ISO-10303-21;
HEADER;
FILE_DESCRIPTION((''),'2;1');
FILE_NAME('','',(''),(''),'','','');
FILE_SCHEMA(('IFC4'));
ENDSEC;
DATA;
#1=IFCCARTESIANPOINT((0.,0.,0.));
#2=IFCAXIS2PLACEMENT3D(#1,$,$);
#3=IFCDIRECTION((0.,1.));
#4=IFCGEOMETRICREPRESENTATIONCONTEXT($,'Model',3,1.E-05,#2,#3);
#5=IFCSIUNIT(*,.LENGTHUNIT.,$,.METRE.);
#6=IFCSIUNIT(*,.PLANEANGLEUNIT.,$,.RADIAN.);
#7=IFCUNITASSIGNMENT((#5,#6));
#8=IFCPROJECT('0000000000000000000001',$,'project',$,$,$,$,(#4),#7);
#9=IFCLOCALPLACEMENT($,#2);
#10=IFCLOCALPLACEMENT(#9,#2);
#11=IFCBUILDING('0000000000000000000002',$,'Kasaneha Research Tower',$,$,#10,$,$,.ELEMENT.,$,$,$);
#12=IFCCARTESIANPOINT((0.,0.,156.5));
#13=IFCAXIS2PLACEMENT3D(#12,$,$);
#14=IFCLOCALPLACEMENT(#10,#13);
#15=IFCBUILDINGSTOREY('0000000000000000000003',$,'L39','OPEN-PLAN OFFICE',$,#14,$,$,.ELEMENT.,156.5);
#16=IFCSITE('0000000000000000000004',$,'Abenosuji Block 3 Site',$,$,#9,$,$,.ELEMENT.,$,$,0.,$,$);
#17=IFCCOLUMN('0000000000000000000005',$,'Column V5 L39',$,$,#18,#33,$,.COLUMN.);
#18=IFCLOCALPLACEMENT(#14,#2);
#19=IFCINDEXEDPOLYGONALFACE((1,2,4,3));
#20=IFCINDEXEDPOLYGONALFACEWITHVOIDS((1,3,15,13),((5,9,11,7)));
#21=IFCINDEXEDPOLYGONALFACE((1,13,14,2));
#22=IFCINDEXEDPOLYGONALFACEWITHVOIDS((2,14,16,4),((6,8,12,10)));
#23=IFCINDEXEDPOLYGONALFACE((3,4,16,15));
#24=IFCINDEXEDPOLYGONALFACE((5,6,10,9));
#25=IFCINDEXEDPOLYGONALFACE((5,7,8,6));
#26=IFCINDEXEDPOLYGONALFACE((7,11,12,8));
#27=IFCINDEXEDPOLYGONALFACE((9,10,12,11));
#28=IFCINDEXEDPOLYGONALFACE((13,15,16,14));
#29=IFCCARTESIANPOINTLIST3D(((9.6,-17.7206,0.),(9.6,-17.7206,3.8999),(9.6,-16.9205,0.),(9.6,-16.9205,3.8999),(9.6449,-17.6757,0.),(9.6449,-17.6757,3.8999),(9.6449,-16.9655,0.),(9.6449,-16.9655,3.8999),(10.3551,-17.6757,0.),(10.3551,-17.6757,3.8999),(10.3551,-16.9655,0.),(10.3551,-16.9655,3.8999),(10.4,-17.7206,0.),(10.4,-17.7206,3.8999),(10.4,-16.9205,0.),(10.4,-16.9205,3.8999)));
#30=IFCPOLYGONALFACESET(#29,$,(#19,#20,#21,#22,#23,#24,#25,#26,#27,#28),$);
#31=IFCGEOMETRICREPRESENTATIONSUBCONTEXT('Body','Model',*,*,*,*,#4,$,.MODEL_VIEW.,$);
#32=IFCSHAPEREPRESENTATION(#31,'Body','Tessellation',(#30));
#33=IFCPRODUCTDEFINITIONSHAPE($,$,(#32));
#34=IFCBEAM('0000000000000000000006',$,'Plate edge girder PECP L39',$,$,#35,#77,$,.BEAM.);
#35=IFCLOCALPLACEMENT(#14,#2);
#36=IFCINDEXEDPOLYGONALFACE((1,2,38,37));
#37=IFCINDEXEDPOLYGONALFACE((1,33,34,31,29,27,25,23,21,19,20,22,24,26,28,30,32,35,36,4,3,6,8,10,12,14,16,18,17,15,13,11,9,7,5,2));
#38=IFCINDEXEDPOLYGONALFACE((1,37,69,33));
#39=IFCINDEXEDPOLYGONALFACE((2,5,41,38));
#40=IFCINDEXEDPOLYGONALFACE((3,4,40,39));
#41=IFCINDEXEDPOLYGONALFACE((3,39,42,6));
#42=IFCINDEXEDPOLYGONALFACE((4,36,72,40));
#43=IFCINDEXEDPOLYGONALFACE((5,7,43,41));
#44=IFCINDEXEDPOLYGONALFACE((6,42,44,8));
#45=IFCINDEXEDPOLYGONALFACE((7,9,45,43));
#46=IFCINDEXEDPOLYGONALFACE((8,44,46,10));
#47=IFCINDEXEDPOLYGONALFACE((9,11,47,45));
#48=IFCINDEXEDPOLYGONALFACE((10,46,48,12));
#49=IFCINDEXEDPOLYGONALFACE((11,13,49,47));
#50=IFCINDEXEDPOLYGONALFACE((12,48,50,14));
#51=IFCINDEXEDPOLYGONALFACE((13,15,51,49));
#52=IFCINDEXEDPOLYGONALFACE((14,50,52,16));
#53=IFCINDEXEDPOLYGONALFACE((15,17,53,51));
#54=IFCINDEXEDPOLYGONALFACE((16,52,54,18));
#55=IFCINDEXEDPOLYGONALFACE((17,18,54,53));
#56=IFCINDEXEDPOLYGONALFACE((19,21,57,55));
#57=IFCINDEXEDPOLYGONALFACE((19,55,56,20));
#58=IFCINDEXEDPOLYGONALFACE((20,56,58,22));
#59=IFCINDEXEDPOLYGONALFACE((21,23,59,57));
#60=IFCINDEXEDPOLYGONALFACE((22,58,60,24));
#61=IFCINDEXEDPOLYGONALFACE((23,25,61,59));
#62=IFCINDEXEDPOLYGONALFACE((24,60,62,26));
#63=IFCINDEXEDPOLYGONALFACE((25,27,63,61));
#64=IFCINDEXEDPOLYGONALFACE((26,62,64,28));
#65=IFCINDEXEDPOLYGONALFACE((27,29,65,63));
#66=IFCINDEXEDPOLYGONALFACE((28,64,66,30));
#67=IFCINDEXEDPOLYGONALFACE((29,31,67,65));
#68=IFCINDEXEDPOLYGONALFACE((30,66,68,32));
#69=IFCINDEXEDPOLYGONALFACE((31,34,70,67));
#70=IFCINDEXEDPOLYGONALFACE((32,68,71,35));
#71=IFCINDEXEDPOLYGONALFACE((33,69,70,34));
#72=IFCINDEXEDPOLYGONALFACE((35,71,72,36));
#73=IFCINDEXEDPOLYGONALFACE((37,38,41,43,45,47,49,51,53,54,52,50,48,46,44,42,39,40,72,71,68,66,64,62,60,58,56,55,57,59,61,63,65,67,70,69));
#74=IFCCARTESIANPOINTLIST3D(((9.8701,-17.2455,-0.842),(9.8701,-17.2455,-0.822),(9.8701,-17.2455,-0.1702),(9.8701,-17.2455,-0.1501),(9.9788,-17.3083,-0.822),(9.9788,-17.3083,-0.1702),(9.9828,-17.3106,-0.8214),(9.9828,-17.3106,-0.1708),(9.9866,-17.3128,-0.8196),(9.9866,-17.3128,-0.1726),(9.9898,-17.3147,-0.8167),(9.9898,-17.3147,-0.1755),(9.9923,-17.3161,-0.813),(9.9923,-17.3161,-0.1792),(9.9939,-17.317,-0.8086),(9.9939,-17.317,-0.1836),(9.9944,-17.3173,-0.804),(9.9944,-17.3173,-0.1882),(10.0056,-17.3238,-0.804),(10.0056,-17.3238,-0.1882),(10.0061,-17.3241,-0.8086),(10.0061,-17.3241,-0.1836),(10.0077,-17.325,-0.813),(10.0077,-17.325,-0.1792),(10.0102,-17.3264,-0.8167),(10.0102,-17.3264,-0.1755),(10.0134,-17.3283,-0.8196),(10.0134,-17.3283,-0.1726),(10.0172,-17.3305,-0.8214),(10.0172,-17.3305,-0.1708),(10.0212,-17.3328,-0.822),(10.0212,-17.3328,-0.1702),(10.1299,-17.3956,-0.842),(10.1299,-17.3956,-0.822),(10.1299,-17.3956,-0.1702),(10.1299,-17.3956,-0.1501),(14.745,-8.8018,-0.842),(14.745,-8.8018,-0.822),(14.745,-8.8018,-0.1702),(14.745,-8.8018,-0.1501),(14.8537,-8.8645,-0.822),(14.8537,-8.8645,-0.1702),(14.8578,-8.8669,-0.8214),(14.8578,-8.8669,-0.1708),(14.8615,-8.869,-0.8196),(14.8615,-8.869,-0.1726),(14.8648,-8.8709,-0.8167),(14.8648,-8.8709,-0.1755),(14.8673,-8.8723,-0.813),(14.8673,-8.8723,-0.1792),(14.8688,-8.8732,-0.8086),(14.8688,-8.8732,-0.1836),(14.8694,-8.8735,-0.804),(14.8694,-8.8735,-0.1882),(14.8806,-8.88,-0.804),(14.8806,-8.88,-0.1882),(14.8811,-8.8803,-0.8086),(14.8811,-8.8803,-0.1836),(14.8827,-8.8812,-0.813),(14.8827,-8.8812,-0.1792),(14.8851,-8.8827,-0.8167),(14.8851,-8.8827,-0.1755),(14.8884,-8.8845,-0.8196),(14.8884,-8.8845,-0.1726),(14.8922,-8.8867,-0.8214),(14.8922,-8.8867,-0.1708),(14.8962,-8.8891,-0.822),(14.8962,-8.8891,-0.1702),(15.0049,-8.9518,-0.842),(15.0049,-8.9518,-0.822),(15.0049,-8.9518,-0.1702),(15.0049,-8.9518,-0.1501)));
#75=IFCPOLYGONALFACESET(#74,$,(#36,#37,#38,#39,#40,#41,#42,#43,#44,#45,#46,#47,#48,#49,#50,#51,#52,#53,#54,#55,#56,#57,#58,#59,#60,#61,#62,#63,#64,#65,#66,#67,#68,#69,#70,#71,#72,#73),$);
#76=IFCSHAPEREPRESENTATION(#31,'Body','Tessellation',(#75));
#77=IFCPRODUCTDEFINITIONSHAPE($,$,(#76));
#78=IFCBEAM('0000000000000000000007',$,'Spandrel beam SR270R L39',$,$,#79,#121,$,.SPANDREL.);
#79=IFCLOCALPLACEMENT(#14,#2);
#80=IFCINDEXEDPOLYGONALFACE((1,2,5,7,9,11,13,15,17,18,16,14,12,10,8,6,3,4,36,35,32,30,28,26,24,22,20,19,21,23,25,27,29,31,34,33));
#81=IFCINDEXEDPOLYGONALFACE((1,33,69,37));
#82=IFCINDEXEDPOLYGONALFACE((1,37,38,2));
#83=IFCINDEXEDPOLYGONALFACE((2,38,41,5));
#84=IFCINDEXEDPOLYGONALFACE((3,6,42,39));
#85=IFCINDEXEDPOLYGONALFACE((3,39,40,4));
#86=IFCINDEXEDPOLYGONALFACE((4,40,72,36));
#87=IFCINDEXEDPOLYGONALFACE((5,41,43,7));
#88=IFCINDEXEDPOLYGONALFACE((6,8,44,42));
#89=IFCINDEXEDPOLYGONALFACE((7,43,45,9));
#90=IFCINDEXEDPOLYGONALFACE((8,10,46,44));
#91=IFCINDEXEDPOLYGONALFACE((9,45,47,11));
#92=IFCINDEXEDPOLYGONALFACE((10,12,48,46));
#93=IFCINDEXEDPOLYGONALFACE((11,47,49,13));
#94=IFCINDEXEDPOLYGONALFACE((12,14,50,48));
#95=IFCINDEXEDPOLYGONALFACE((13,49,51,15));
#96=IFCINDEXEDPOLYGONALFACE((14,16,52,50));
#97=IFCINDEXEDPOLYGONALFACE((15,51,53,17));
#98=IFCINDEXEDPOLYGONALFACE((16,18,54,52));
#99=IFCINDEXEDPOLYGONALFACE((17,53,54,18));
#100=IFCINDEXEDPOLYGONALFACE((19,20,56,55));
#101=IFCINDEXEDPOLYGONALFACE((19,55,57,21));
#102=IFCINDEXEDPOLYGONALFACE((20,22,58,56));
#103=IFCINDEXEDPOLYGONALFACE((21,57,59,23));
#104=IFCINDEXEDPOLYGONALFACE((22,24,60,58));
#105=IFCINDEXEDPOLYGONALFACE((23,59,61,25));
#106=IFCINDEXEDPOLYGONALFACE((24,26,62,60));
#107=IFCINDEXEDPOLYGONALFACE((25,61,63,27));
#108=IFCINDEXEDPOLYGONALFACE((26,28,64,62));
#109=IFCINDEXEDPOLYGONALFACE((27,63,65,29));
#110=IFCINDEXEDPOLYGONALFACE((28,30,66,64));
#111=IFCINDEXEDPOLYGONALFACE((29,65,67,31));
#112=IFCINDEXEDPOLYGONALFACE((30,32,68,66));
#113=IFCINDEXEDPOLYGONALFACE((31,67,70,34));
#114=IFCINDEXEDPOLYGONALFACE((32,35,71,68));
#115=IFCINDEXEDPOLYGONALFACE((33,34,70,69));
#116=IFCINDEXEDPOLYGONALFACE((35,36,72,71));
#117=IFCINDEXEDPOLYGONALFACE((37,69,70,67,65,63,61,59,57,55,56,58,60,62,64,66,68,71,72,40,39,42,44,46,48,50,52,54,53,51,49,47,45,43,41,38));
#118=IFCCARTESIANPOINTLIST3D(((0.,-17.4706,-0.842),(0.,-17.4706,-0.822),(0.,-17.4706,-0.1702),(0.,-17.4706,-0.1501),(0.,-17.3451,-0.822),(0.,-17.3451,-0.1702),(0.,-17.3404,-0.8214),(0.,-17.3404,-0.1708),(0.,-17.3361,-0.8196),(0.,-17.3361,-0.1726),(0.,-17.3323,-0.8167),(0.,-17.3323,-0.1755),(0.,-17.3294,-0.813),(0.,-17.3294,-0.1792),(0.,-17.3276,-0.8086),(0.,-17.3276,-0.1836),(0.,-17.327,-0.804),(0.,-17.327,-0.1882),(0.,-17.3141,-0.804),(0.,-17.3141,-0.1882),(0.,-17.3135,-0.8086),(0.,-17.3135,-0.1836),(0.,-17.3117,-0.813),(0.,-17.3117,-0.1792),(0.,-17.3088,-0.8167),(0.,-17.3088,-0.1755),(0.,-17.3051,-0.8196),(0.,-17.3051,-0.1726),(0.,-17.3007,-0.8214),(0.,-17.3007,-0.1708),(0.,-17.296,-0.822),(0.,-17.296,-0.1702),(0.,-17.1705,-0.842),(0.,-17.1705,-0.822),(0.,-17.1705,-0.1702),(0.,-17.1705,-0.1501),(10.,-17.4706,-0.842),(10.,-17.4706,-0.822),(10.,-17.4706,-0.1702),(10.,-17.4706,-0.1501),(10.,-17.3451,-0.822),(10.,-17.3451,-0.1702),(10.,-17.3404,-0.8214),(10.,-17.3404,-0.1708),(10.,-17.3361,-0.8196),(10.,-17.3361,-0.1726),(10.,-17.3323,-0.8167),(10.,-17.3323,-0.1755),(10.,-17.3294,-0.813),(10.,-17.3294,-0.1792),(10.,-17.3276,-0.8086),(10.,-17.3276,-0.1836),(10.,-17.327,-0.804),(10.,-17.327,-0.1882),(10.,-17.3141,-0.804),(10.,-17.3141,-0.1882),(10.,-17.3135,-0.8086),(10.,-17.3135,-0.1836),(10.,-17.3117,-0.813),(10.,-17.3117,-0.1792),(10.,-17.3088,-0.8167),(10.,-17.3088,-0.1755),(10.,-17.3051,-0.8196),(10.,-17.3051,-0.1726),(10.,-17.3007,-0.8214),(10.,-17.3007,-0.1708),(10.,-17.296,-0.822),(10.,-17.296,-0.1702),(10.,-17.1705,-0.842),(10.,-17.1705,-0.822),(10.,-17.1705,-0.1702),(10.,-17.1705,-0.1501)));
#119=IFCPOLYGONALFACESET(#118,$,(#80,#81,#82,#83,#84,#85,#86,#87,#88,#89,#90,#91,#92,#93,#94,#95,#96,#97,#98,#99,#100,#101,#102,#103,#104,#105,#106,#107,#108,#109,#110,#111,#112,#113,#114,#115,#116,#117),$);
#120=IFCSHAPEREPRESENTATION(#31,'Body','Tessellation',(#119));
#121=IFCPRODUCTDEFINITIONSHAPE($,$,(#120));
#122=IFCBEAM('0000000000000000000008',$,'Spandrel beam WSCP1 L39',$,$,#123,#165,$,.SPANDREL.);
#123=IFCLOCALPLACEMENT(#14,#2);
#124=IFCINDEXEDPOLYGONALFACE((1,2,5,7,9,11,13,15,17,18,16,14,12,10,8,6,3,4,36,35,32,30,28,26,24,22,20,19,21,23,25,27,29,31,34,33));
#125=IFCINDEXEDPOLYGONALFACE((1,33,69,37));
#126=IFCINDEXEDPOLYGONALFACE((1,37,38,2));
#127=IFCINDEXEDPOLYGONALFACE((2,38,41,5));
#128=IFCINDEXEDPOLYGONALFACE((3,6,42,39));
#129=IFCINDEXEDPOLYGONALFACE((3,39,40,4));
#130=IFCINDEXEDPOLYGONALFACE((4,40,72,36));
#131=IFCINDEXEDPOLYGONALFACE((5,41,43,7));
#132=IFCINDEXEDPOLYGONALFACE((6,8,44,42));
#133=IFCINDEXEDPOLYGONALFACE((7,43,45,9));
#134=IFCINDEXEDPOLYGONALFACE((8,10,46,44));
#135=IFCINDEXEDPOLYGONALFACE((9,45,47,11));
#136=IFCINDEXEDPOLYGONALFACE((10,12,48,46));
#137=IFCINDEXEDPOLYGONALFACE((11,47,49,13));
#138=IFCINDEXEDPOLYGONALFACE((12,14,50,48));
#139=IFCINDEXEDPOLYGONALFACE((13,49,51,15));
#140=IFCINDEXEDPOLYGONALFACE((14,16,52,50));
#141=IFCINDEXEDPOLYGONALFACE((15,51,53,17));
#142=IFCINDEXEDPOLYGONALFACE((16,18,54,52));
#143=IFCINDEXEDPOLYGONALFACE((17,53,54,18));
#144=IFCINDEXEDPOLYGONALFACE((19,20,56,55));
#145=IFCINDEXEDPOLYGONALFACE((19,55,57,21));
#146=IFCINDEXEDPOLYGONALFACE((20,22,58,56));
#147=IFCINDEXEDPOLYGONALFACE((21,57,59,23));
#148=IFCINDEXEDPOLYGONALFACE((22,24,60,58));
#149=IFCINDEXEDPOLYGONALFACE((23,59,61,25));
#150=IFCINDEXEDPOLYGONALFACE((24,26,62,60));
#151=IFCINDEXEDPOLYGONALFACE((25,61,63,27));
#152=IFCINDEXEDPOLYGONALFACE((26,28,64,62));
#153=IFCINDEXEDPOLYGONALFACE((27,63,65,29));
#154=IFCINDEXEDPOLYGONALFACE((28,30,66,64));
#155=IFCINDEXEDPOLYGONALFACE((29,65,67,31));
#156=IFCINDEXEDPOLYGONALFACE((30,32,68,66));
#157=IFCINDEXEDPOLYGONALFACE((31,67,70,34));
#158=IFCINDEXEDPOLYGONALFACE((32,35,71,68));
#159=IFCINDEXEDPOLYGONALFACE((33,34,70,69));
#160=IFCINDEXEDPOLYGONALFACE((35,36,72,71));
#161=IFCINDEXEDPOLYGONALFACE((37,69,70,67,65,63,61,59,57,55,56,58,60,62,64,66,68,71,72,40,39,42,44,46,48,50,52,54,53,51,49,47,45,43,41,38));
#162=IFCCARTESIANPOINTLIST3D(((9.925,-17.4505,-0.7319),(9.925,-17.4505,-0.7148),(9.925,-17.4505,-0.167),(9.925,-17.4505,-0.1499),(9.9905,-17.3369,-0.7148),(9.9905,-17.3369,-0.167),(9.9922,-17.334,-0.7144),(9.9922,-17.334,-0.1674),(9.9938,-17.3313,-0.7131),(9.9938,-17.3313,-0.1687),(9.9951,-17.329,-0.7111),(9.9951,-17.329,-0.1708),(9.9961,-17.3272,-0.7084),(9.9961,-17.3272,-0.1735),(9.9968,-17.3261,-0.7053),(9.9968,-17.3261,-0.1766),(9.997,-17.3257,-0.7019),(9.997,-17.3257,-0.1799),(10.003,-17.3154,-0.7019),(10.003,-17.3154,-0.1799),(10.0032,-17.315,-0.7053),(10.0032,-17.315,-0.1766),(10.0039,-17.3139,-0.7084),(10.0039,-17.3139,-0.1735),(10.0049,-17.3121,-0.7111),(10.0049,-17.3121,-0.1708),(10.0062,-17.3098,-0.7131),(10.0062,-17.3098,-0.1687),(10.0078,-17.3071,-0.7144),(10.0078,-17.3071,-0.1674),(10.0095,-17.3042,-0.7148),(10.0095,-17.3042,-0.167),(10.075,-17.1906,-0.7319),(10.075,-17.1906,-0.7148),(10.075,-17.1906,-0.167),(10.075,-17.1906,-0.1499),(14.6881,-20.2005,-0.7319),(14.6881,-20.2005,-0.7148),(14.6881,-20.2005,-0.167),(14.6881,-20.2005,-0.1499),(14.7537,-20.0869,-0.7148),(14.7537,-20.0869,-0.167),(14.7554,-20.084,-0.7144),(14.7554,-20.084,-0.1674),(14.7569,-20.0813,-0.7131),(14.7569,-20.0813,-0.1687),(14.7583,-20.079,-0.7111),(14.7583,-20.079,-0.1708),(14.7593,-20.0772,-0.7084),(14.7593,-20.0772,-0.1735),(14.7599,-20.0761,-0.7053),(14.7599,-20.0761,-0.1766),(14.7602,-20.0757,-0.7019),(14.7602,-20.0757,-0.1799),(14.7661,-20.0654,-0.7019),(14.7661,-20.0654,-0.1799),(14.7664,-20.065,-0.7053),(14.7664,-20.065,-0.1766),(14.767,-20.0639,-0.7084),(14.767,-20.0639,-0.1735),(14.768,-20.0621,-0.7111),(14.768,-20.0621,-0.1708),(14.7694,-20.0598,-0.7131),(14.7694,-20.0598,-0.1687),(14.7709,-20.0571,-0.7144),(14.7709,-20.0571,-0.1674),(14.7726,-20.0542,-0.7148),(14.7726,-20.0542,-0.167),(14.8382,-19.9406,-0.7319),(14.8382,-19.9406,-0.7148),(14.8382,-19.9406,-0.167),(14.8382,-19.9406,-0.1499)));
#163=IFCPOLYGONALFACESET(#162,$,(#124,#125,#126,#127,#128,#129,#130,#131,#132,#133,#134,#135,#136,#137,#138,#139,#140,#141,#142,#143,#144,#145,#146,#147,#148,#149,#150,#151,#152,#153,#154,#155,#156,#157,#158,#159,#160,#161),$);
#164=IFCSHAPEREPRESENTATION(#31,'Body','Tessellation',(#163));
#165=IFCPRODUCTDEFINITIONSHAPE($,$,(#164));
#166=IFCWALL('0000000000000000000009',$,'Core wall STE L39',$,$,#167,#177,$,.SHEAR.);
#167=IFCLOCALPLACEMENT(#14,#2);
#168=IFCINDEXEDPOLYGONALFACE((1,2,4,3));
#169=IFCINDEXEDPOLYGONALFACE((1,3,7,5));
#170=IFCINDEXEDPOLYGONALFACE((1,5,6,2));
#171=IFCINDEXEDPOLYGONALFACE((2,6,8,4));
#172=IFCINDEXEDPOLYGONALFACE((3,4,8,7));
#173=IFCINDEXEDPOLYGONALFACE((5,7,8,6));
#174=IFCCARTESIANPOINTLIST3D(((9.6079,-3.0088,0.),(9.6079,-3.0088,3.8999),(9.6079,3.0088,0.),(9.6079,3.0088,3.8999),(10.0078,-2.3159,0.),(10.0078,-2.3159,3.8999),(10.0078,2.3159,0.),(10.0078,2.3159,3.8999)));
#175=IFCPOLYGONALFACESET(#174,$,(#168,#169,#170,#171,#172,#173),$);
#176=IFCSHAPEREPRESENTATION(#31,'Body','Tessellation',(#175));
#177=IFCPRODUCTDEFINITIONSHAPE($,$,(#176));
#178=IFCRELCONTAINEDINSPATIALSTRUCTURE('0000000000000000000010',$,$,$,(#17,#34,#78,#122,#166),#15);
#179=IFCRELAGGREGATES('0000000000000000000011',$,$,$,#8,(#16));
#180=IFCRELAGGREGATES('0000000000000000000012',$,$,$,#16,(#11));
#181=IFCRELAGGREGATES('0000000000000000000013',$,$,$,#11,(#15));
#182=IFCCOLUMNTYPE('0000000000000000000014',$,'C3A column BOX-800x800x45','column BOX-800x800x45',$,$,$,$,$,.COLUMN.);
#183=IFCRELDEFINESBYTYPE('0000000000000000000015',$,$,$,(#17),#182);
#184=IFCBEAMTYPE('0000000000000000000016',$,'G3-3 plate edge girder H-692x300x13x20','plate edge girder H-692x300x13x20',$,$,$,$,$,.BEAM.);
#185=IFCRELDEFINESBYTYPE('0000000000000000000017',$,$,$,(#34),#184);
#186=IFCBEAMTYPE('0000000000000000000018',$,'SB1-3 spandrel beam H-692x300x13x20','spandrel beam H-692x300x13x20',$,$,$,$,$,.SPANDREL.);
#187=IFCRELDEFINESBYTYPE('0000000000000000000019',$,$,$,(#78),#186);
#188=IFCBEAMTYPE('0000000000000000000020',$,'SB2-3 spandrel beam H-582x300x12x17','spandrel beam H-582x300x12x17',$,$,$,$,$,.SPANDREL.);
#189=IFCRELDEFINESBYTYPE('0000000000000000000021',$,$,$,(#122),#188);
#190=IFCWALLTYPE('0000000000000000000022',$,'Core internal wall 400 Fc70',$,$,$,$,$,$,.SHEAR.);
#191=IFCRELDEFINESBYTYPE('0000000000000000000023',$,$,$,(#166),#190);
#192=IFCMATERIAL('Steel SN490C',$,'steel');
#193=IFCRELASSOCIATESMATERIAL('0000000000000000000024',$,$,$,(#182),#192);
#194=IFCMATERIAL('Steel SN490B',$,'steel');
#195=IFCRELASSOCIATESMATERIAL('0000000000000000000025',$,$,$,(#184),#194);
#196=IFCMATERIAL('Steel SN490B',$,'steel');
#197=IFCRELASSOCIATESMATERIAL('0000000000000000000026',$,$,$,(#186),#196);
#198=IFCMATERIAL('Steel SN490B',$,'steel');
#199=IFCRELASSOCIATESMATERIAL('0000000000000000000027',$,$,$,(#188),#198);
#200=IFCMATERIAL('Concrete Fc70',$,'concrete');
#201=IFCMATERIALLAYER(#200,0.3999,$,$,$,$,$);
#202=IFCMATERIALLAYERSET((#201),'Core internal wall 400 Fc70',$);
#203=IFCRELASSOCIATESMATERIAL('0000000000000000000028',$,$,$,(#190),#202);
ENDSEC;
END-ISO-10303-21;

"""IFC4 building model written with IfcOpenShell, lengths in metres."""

from ifc_helpers import new_model, si_unit, direction, frame, origin, origin_2d, place, context, subcontext, project, spatial, polyline, hollow_rectangle, i_section, outline, extrude, material, layer, layer_set, material_profile, profile_set, type_object, element, save


model = new_model("IFC4")

# Units and contexts
model_context = context("Model", 3, precision=1e-05, world=origin(), true_north=direction((0.0, 1.0)))
body_context = subcontext(model_context, "Body", "Model", "MODEL_VIEW")
ifc_project = project(units=[si_unit("LENGTHUNIT", "METRE"), si_unit("PLANEANGLEUNIT", "RADIAN")], contexts=[model_context])

# Site, building, storey
site_placement = place(None, origin())
site = spatial("IfcSite", under=ifc_project, at=site_placement, Name="Abenosuji Block 3 Site", CompositionType="ELEMENT", RefElevation=0.0)
building_placement = place(site_placement, origin())
building = spatial("IfcBuilding", under=site, at=building_placement, Name="Kasaneha Research Tower", CompositionType="ELEMENT")
storey_placement = place(building_placement, frame((0.0, 0.0, 156.5)))
storey = spatial("IfcBuildingStorey", under=building, at=storey_placement, Name="L39", Description="OPEN-PLAN OFFICE", CompositionType="ELEMENT", Elevation=156.5)

# Column
ifc_material_1 = material(Name="Steel SN490C", Category="steel")
ifc_material_profile_1 = material_profile(ifc_material_1, hollow_rectangle(XDim=0.8, YDim=0.8, WallThickness=0.0449, at=origin_2d()), Name="BOX-800x800x45")
ifc_profile_set_1 = profile_set([ifc_material_profile_1], Name="Steel SN490C")
column_type = type_object("IfcColumnType", Name="C3A column BOX-800x800x45", Description="column BOX-800x800x45", PredefinedType="COLUMN", material=ifc_profile_set_1)
column_placement = place(storey_placement, frame((10.0, -17.3206, 0.0), z_axis=(0.0, 0.0, 1.0), x_axis=(1.0, 0.0, 0.0)))
element("IfcColumn", 1, at=column_placement, inside=storey, type_object=column_type, Name="Column V5 L39", PredefinedType="COLUMN", context=body_context, shape_type="SweptSolid", body=[
    extrude(hollow_rectangle(XDim=0.8, YDim=0.8, WallThickness=0.0449, at=origin_2d()), origin(), (0.0, 0.0, 1.0), 3.8999),
])

# Beams
ifc_material_2 = material(Name="Steel SN490B", Category="steel")
ifc_material_profile_2 = material_profile(ifc_material_2, i_section(OverallWidth=0.3, OverallDepth=0.6919, WebThickness=0.0129, FlangeThickness=0.02, FilletRadius=0.0181, at=origin_2d()), Name="H-692x300x13x20")
ifc_profile_set_2 = profile_set([ifc_material_profile_2], Name="Steel SN490B")
beam_type_1 = type_object("IfcBeamType", Name="G3-3 plate edge girder H-692x300x13x20", Description="plate edge girder H-692x300x13x20", PredefinedType="BEAM", material=ifc_profile_set_2)
beam_1_placement = place(storey_placement, frame((10.0, -17.3206, -0.4961), z_axis=(0.499996, 0.866028, 0.0), x_axis=(-0.866028, 0.499996, 0.0)))
element("IfcBeam", 2, at=beam_1_placement, inside=storey, type_object=beam_type_1, Name="Plate edge girder PECP L39", PredefinedType="BEAM", context=body_context, shape_type="SweptSolid", body=[
    extrude(i_section(OverallWidth=0.3, OverallDepth=0.6919, WebThickness=0.0129, FlangeThickness=0.02, FilletRadius=0.0181, at=origin_2d()), origin(), (0.0, 0.0, 1.0), 9.75),
])
ifc_material_3 = material(Name="Steel SN490B", Category="steel")
ifc_material_profile_3 = material_profile(ifc_material_3, i_section(OverallWidth=0.3, OverallDepth=0.6919, WebThickness=0.0129, FlangeThickness=0.02, FilletRadius=0.0181, at=origin_2d()), Name="H-692x300x13x20")
ifc_profile_set_3 = profile_set([ifc_material_profile_3], Name="Steel SN490B")
beam_type_2 = type_object("IfcBeamType", Name="SB1-3 spandrel beam H-692x300x13x20", Description="spandrel beam H-692x300x13x20", PredefinedType="SPANDREL", material=ifc_profile_set_3)
beam_2_placement = place(storey_placement, frame((10.0, -17.3206, -0.4961), z_axis=(-1.0, 0.0, 0.0), x_axis=(0.0, -1.0, 0.0)))
element("IfcBeam", 3, at=beam_2_placement, inside=storey, type_object=beam_type_2, Name="Spandrel beam SR270R L39", PredefinedType="SPANDREL", context=body_context, shape_type="SweptSolid", body=[
    extrude(i_section(OverallWidth=0.3, OverallDepth=0.6919, WebThickness=0.0129, FlangeThickness=0.02, FilletRadius=0.0181, at=origin_2d()), origin(), (0.0, 0.0, 1.0), 10.0),
])
ifc_material_4 = material(Name="Steel SN490B", Category="steel")
ifc_material_profile_4 = material_profile(ifc_material_4, i_section(OverallWidth=0.3, OverallDepth=0.582, WebThickness=0.012, FlangeThickness=0.0171, FilletRadius=0.0129, at=origin_2d()), Name="H-582x300x12x17")
ifc_profile_set_4 = profile_set([ifc_material_profile_4], Name="Steel SN490B")
beam_type_3 = type_object("IfcBeamType", Name="SB2-3 spandrel beam H-582x300x12x17", Description="spandrel beam H-582x300x12x17", PredefinedType="SPANDREL", material=ifc_profile_set_4)
beam_3_placement = place(storey_placement, frame((10.0, -17.3206, -0.4409), z_axis=(0.866027, -0.499997, 0.0), x_axis=(0.499997, 0.866027, 0.0)))
element("IfcBeam", 4, at=beam_3_placement, inside=storey, type_object=beam_type_3, Name="Spandrel beam WSCP1 L39", PredefinedType="SPANDREL", context=body_context, shape_type="SweptSolid", body=[
    extrude(i_section(OverallWidth=0.3, OverallDepth=0.582, WebThickness=0.012, FlangeThickness=0.0171, FilletRadius=0.0129, at=origin_2d()), origin(), (0.0, 0.0, 1.0), 5.5),
])

# Wall
ifc_material_5 = material(Name="Concrete Fc70", Category="concrete")
ifc_layer_1 = layer(ifc_material_5, 0.3999)
ifc_layer_set_1 = layer_set([ifc_layer_1], Name="Core internal wall 400 Fc70")
wall_type_1 = type_object("IfcWallType", Name="Core internal wall 400 Fc70", PredefinedType="SHEAR", material=ifc_layer_set_1)
wall_1_placement = place(storey_placement, frame((9.8079, -2.6624, 0.0), z_axis=(0.0, 0.0, 1.0), x_axis=(0.0, 1.0, 0.0)))
element("IfcWall", 5, at=wall_1_placement, inside=storey, type_object=wall_type_1, Name="Core wall STE L39", PredefinedType="SHEAR", context=body_context, shape_type="SweptSolid", body=[
    extrude(outline(polyline([(0.3464, -0.2), (4.9783, -0.2), (5.6711, 0.2), (-0.3464, 0.2), (0.3464, -0.2)])), origin(), (0.0, 0.0, 1.0), 3.8999),
])

save(model, "model.ifc")
